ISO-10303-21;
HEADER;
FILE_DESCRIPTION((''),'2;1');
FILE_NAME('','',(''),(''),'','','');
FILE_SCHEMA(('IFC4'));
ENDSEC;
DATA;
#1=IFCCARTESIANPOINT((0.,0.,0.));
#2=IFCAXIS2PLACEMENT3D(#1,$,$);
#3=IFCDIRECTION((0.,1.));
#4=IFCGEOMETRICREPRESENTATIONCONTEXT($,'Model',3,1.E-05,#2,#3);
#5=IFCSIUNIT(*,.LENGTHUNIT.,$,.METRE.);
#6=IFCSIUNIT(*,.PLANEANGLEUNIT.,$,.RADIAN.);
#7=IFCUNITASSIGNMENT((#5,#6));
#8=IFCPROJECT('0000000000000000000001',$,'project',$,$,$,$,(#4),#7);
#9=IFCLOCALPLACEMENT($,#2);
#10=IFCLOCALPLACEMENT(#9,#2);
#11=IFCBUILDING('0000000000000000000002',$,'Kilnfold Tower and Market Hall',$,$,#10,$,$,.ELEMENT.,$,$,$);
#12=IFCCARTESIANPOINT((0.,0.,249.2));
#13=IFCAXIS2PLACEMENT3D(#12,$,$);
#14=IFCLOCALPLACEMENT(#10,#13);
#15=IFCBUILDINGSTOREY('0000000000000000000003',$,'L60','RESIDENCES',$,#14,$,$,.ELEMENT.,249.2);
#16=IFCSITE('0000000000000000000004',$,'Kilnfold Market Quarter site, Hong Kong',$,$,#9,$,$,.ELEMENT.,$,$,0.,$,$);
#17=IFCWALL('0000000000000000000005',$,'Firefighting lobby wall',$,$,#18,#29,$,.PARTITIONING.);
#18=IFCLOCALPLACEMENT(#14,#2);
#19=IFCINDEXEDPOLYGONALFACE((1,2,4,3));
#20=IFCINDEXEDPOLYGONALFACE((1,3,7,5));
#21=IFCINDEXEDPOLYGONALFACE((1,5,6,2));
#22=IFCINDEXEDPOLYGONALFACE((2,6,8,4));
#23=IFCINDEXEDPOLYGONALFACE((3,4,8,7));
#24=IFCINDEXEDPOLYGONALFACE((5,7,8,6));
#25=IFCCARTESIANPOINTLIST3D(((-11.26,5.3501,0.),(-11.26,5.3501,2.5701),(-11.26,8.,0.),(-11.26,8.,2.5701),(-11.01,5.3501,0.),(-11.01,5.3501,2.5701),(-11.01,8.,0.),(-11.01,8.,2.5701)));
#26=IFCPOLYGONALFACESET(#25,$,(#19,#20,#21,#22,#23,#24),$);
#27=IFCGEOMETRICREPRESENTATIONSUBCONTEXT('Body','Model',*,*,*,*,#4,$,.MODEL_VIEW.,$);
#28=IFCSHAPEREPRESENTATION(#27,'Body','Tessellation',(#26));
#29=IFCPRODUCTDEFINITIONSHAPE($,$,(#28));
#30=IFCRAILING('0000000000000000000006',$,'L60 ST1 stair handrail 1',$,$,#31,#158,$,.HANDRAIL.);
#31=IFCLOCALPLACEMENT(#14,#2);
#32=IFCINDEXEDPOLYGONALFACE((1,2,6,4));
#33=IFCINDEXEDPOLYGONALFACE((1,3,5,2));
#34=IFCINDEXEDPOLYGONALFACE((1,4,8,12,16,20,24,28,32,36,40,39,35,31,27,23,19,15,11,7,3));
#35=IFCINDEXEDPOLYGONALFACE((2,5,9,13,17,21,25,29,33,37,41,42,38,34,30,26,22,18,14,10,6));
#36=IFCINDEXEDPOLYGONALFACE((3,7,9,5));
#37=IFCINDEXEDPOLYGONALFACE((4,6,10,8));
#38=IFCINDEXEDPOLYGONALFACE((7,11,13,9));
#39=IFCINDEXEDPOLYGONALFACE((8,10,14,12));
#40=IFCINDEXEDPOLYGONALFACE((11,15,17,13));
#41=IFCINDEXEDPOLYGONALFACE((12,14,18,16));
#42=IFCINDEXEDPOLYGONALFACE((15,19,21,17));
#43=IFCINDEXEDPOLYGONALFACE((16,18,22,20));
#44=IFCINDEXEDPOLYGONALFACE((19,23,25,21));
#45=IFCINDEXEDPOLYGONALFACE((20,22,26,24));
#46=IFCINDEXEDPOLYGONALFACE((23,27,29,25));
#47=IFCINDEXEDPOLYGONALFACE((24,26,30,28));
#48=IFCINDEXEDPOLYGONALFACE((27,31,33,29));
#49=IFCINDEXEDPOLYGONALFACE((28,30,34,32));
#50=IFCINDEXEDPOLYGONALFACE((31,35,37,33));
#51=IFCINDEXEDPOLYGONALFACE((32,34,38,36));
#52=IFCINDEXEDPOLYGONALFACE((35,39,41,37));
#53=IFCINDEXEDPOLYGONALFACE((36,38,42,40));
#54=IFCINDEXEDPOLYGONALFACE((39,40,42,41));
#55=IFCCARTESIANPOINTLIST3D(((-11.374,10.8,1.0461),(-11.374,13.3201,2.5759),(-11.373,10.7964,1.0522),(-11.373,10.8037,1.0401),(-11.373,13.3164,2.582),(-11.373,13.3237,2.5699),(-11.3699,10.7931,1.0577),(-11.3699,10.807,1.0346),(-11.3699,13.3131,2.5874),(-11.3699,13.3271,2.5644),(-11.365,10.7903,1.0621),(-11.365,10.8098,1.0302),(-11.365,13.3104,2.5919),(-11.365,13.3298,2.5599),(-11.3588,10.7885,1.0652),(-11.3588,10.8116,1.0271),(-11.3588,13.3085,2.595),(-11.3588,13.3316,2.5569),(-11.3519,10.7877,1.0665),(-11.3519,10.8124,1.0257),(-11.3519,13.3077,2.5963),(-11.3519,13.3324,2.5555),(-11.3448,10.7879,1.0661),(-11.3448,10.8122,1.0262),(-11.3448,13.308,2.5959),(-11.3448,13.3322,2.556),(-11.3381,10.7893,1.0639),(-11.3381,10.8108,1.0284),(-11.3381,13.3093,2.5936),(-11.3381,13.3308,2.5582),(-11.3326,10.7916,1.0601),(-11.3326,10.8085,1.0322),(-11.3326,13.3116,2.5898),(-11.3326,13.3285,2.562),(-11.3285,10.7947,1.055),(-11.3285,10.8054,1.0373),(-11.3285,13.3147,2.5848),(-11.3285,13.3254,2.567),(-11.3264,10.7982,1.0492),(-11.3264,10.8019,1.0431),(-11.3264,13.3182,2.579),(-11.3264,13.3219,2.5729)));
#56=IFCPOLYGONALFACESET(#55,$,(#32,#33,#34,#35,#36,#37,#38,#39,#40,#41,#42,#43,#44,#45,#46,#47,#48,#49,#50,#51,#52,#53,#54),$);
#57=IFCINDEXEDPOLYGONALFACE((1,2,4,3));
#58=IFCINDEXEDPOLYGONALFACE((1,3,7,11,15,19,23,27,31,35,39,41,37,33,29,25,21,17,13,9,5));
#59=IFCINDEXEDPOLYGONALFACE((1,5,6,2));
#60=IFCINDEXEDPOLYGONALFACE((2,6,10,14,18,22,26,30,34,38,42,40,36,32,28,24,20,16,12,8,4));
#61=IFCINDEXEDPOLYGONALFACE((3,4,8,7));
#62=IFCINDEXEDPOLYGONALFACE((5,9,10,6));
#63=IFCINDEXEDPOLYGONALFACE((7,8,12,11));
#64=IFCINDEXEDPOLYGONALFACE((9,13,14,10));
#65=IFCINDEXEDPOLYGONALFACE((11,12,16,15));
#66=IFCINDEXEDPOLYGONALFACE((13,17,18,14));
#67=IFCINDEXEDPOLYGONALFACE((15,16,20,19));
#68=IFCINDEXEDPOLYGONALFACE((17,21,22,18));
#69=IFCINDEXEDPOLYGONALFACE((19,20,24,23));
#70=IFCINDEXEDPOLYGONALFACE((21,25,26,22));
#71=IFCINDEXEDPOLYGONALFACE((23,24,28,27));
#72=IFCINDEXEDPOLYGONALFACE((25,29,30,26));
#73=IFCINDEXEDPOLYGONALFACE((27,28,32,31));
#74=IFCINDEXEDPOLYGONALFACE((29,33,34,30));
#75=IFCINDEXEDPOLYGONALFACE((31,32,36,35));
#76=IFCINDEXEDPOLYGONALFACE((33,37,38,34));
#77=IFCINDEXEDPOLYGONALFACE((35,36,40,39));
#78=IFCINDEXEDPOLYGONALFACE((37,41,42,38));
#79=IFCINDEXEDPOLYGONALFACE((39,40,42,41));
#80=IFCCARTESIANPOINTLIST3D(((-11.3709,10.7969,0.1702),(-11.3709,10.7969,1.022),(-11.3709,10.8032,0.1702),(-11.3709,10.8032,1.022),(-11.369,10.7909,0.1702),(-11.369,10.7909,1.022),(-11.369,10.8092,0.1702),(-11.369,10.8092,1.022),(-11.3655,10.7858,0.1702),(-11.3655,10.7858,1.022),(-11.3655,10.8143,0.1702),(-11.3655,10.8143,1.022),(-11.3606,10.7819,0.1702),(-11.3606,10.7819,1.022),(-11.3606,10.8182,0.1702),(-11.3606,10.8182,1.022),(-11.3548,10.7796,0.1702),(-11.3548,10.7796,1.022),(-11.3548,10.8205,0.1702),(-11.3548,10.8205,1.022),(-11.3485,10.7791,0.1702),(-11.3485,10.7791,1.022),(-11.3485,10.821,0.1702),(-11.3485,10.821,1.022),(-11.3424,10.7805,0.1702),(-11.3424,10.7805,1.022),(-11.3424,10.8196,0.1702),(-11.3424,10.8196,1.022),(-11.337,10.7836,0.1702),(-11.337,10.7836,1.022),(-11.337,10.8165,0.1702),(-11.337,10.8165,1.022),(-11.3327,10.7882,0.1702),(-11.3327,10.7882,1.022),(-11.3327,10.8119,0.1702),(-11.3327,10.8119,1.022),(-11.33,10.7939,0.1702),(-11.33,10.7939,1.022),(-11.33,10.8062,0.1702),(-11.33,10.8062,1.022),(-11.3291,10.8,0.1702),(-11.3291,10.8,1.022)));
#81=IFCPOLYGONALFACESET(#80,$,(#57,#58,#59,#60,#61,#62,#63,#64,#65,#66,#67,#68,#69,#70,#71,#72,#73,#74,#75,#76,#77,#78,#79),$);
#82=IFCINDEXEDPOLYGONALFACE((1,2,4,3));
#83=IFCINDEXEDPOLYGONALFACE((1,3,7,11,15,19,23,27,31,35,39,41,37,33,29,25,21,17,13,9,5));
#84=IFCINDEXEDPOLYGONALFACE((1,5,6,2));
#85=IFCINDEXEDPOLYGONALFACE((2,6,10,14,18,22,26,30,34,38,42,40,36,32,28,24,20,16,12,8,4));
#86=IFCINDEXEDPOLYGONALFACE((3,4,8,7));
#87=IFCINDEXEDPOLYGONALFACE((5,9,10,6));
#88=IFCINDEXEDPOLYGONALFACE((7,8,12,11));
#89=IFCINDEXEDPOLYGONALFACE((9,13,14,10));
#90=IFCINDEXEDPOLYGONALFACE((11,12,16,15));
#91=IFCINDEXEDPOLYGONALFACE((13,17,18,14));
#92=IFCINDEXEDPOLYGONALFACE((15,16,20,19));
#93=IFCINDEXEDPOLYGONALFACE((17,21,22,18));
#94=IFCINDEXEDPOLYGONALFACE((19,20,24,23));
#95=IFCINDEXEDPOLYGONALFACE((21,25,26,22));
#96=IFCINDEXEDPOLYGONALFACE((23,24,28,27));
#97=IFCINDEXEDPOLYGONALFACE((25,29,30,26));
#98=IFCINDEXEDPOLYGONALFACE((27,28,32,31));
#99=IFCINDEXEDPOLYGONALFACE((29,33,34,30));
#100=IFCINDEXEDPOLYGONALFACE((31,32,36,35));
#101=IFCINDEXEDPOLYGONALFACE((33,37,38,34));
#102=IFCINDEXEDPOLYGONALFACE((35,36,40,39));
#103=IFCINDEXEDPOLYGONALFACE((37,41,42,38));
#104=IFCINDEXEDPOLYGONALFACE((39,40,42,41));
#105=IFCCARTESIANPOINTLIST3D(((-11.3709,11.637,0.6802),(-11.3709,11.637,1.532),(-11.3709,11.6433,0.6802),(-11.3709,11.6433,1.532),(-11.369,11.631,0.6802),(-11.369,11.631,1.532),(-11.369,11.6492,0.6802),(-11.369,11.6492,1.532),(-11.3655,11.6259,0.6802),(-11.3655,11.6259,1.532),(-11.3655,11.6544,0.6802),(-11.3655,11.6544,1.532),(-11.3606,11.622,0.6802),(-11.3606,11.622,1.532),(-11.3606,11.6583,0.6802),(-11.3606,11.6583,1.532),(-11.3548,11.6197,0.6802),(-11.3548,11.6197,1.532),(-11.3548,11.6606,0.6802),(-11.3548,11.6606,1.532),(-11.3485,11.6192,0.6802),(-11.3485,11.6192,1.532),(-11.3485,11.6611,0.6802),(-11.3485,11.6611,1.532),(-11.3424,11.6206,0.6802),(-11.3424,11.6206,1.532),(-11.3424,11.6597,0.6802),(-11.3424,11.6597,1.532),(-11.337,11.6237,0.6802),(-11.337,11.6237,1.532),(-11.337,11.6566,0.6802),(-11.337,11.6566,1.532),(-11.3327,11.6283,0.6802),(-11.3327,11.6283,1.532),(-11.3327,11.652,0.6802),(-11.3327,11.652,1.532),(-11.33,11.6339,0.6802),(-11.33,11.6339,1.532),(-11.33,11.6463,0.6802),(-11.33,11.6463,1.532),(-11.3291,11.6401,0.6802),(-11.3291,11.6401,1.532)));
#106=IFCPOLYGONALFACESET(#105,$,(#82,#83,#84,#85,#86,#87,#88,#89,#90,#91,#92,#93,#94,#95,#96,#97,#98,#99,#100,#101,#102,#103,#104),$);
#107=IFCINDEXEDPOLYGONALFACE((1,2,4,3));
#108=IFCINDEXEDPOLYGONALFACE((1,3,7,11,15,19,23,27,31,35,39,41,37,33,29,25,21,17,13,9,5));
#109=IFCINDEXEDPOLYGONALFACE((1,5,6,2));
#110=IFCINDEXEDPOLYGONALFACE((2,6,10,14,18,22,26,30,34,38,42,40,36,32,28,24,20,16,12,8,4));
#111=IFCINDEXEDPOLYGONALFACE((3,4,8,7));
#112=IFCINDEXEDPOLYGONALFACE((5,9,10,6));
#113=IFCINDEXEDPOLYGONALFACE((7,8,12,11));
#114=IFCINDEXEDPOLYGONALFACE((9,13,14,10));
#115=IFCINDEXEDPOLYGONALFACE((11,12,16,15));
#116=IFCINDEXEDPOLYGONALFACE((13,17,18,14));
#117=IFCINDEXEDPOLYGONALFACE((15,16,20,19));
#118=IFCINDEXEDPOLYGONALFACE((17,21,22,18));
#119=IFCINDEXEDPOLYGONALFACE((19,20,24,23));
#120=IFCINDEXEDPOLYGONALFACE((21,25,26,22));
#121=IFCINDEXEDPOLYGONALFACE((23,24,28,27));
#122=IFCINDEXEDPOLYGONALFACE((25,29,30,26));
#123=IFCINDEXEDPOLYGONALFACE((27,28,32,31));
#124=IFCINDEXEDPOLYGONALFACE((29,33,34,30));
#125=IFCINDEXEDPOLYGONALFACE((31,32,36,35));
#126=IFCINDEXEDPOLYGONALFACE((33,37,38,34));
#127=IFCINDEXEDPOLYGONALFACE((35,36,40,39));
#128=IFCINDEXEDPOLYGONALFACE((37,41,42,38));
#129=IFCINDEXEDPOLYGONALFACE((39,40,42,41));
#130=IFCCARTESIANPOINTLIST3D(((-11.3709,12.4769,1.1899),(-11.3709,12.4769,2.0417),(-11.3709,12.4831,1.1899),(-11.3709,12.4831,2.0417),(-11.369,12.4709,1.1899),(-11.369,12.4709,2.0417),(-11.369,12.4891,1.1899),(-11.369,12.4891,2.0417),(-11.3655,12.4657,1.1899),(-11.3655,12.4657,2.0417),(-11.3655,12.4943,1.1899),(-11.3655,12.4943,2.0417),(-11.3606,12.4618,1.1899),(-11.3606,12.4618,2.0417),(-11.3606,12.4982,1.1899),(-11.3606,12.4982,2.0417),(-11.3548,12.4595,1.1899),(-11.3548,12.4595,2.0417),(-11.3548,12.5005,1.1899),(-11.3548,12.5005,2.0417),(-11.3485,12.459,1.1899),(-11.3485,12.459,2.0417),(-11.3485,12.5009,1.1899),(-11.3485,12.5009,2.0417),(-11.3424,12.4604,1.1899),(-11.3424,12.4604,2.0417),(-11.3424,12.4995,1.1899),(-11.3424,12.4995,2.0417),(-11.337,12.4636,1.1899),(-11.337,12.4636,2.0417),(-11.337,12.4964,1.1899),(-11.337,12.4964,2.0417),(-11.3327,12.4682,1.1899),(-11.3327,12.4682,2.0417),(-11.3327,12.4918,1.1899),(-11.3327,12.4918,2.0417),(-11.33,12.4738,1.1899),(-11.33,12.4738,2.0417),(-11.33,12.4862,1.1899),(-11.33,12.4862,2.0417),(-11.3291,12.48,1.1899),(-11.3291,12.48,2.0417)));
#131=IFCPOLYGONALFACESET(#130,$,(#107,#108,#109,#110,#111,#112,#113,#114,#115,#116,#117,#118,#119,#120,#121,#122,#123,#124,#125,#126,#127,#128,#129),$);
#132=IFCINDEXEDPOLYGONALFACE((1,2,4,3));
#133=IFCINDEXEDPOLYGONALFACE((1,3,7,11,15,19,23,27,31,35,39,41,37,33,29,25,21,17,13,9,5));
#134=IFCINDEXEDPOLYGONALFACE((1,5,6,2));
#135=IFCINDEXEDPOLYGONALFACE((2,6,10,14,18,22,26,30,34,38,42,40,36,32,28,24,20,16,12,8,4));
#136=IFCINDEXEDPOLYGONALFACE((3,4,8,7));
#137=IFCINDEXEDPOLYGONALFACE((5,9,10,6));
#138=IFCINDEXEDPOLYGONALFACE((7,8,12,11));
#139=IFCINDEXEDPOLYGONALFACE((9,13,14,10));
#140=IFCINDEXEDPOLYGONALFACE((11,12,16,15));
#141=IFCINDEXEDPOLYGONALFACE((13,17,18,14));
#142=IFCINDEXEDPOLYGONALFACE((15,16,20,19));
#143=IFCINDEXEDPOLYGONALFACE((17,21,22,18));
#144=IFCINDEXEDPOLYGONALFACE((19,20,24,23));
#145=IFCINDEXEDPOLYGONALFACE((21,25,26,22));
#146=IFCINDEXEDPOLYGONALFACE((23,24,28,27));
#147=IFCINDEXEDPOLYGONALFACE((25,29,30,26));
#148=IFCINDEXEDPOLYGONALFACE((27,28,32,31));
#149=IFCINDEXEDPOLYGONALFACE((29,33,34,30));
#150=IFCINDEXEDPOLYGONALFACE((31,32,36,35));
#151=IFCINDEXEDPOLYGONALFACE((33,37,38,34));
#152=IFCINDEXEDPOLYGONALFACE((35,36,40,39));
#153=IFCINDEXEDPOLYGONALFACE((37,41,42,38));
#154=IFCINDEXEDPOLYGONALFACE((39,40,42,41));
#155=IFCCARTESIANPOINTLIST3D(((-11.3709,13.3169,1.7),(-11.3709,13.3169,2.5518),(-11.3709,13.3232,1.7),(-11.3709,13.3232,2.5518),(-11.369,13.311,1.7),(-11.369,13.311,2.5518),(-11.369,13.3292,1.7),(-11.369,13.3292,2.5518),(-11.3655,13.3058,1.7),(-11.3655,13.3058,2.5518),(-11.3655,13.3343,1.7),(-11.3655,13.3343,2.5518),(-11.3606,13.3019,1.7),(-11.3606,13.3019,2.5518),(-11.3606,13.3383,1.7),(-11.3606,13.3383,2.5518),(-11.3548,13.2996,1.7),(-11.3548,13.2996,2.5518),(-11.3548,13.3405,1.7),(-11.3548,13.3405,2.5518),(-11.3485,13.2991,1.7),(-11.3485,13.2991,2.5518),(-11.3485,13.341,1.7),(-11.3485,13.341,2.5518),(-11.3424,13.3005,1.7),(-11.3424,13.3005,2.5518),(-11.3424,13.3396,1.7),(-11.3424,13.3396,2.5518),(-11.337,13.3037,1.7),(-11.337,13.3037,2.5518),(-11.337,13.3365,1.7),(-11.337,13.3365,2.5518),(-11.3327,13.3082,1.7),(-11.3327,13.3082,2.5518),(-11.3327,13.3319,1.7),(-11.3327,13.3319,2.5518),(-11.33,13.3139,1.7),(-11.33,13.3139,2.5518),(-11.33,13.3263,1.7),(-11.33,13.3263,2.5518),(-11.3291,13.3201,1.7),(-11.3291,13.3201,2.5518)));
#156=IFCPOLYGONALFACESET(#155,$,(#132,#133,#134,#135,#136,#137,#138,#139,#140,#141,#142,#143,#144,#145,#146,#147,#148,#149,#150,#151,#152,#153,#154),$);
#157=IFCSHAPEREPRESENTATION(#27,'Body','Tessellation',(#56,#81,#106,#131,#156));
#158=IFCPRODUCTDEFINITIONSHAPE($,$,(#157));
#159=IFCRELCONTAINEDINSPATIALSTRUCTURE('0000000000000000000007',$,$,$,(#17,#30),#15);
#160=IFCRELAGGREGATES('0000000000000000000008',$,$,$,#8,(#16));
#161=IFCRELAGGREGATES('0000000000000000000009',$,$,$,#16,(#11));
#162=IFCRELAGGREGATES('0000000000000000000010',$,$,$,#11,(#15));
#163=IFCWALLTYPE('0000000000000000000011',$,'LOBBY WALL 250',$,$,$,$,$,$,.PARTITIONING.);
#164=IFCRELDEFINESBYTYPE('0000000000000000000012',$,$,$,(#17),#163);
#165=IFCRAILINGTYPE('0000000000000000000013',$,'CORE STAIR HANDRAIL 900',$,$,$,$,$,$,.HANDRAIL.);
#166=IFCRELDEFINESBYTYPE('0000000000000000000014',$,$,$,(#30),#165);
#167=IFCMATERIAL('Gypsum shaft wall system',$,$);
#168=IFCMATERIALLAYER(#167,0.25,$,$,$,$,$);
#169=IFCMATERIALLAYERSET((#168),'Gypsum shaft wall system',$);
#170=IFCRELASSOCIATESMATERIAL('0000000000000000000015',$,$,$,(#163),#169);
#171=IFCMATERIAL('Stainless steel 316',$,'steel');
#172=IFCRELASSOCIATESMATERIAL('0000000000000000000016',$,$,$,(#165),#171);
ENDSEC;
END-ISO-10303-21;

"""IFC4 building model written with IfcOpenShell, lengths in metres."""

from ifc_helpers import new_model, si_unit, direction, frame, frame_2d, origin, origin_2d, place, context, subcontext, project, spatial, rectangle, circle, extrude, source, transform, mapped, material, layer, layer_set, type_object, element, save


model = new_model("IFC4")

# Units and contexts
model_context = context("Model", 3, precision=1e-05, world=origin(), true_north=direction((0.0, 1.0)))
body_context = subcontext(model_context, "Body", "Model", "MODEL_VIEW")
ifc_project = project(units=[si_unit("LENGTHUNIT", "METRE"), si_unit("PLANEANGLEUNIT", "RADIAN")], contexts=[model_context])

# Site, building, storey
site_placement = place(None, origin())
site = spatial("IfcSite", under=ifc_project, at=site_placement, Name="Kilnfold Market Quarter site, Hong Kong", CompositionType="ELEMENT", RefElevation=0.0)
building_placement = place(site_placement, origin())
building = spatial("IfcBuilding", under=site, at=building_placement, Name="Kilnfold Tower and Market Hall", CompositionType="ELEMENT")
storey_placement = place(building_placement, frame((0.0, 0.0, 249.2)))
storey = spatial("IfcBuildingStorey", under=building, at=storey_placement, Name="L60", Description="RESIDENCES", CompositionType="ELEMENT", Elevation=249.2)

# Shared definitions
ifc_material_1 = material(Name="Gypsum shaft wall system")
ifc_layer_1 = layer(ifc_material_1, 0.25)
ifc_layer_set_1 = layer_set([ifc_layer_1], Name="Gypsum shaft wall system")
wall_type_1 = type_object("IfcWallType", Name="LOBBY WALL 250", PredefinedType="PARTITIONING", material=ifc_layer_set_1)

# Wall
shared_shape_1 = source(origin(), body_context, "Body", "SweptSolid", [
    extrude(rectangle(XDim=2.6499, YDim=0.25, at=frame_2d((1.325, 0.0))), origin(), (0.0, 0.0, 1.0), 2.5701),
])
wall_1_placement = place(storey_placement, frame((-11.135, 5.3501, 0.0), z_axis=(0.0, 0.0, 1.0), x_axis=(0.0, 1.0, 0.0)))
element("IfcWall", 1, at=wall_1_placement, inside=storey, type_object=wall_type_1, Name="Firefighting lobby wall", PredefinedType="PARTITIONING", context=body_context, shape_type="MappedRepresentation", body=[
    mapped(shared_shape_1, transform((0.0, 0.0, 0.0))),
])

# Railing
ifc_material_2 = material(Name="Stainless steel 316", Category="steel")
railing_type_1 = type_object("IfcRailingType", Name="CORE STAIR HANDRAIL 900", PredefinedType="HANDRAIL", material=ifc_material_2)
railing_1_placement = place(storey_placement, frame((-11.3501, 10.8, 0.1702)))
element("IfcRailing", 2, at=railing_1_placement, inside=storey, type_object=railing_type_1, Name="L60 ST1 stair handrail 1", PredefinedType="HANDRAIL", context=body_context, shape_type="SweptSolid", body=[
    extrude(circle(Radius=0.0239, at=origin_2d()), frame((0.0, 0.0, 0.876), z_axis=(0.0, 0.854822, 0.518922), x_axis=(-1.0, 0.0, 0.0)), (0.0, 0.0, 1.0), 2.948),
    extrude(circle(Radius=0.021, at=origin_2d()), origin(), (0.0, 0.0, 1.0), 0.8518),
    extrude(circle(Radius=0.021, at=origin_2d()), frame((0.0, 0.8401, 0.51)), (0.0, 0.0, 1.0), 0.8518),
    extrude(circle(Radius=0.021, at=origin_2d()), frame((0.0, 1.6799, 1.0198)), (0.0, 0.0, 1.0), 0.8518),
    extrude(circle(Radius=0.021, at=origin_2d()), frame((0.0, 2.52, 1.5298)), (0.0, 0.0, 1.0), 0.8518),
])

save(model, "model.ifc")
